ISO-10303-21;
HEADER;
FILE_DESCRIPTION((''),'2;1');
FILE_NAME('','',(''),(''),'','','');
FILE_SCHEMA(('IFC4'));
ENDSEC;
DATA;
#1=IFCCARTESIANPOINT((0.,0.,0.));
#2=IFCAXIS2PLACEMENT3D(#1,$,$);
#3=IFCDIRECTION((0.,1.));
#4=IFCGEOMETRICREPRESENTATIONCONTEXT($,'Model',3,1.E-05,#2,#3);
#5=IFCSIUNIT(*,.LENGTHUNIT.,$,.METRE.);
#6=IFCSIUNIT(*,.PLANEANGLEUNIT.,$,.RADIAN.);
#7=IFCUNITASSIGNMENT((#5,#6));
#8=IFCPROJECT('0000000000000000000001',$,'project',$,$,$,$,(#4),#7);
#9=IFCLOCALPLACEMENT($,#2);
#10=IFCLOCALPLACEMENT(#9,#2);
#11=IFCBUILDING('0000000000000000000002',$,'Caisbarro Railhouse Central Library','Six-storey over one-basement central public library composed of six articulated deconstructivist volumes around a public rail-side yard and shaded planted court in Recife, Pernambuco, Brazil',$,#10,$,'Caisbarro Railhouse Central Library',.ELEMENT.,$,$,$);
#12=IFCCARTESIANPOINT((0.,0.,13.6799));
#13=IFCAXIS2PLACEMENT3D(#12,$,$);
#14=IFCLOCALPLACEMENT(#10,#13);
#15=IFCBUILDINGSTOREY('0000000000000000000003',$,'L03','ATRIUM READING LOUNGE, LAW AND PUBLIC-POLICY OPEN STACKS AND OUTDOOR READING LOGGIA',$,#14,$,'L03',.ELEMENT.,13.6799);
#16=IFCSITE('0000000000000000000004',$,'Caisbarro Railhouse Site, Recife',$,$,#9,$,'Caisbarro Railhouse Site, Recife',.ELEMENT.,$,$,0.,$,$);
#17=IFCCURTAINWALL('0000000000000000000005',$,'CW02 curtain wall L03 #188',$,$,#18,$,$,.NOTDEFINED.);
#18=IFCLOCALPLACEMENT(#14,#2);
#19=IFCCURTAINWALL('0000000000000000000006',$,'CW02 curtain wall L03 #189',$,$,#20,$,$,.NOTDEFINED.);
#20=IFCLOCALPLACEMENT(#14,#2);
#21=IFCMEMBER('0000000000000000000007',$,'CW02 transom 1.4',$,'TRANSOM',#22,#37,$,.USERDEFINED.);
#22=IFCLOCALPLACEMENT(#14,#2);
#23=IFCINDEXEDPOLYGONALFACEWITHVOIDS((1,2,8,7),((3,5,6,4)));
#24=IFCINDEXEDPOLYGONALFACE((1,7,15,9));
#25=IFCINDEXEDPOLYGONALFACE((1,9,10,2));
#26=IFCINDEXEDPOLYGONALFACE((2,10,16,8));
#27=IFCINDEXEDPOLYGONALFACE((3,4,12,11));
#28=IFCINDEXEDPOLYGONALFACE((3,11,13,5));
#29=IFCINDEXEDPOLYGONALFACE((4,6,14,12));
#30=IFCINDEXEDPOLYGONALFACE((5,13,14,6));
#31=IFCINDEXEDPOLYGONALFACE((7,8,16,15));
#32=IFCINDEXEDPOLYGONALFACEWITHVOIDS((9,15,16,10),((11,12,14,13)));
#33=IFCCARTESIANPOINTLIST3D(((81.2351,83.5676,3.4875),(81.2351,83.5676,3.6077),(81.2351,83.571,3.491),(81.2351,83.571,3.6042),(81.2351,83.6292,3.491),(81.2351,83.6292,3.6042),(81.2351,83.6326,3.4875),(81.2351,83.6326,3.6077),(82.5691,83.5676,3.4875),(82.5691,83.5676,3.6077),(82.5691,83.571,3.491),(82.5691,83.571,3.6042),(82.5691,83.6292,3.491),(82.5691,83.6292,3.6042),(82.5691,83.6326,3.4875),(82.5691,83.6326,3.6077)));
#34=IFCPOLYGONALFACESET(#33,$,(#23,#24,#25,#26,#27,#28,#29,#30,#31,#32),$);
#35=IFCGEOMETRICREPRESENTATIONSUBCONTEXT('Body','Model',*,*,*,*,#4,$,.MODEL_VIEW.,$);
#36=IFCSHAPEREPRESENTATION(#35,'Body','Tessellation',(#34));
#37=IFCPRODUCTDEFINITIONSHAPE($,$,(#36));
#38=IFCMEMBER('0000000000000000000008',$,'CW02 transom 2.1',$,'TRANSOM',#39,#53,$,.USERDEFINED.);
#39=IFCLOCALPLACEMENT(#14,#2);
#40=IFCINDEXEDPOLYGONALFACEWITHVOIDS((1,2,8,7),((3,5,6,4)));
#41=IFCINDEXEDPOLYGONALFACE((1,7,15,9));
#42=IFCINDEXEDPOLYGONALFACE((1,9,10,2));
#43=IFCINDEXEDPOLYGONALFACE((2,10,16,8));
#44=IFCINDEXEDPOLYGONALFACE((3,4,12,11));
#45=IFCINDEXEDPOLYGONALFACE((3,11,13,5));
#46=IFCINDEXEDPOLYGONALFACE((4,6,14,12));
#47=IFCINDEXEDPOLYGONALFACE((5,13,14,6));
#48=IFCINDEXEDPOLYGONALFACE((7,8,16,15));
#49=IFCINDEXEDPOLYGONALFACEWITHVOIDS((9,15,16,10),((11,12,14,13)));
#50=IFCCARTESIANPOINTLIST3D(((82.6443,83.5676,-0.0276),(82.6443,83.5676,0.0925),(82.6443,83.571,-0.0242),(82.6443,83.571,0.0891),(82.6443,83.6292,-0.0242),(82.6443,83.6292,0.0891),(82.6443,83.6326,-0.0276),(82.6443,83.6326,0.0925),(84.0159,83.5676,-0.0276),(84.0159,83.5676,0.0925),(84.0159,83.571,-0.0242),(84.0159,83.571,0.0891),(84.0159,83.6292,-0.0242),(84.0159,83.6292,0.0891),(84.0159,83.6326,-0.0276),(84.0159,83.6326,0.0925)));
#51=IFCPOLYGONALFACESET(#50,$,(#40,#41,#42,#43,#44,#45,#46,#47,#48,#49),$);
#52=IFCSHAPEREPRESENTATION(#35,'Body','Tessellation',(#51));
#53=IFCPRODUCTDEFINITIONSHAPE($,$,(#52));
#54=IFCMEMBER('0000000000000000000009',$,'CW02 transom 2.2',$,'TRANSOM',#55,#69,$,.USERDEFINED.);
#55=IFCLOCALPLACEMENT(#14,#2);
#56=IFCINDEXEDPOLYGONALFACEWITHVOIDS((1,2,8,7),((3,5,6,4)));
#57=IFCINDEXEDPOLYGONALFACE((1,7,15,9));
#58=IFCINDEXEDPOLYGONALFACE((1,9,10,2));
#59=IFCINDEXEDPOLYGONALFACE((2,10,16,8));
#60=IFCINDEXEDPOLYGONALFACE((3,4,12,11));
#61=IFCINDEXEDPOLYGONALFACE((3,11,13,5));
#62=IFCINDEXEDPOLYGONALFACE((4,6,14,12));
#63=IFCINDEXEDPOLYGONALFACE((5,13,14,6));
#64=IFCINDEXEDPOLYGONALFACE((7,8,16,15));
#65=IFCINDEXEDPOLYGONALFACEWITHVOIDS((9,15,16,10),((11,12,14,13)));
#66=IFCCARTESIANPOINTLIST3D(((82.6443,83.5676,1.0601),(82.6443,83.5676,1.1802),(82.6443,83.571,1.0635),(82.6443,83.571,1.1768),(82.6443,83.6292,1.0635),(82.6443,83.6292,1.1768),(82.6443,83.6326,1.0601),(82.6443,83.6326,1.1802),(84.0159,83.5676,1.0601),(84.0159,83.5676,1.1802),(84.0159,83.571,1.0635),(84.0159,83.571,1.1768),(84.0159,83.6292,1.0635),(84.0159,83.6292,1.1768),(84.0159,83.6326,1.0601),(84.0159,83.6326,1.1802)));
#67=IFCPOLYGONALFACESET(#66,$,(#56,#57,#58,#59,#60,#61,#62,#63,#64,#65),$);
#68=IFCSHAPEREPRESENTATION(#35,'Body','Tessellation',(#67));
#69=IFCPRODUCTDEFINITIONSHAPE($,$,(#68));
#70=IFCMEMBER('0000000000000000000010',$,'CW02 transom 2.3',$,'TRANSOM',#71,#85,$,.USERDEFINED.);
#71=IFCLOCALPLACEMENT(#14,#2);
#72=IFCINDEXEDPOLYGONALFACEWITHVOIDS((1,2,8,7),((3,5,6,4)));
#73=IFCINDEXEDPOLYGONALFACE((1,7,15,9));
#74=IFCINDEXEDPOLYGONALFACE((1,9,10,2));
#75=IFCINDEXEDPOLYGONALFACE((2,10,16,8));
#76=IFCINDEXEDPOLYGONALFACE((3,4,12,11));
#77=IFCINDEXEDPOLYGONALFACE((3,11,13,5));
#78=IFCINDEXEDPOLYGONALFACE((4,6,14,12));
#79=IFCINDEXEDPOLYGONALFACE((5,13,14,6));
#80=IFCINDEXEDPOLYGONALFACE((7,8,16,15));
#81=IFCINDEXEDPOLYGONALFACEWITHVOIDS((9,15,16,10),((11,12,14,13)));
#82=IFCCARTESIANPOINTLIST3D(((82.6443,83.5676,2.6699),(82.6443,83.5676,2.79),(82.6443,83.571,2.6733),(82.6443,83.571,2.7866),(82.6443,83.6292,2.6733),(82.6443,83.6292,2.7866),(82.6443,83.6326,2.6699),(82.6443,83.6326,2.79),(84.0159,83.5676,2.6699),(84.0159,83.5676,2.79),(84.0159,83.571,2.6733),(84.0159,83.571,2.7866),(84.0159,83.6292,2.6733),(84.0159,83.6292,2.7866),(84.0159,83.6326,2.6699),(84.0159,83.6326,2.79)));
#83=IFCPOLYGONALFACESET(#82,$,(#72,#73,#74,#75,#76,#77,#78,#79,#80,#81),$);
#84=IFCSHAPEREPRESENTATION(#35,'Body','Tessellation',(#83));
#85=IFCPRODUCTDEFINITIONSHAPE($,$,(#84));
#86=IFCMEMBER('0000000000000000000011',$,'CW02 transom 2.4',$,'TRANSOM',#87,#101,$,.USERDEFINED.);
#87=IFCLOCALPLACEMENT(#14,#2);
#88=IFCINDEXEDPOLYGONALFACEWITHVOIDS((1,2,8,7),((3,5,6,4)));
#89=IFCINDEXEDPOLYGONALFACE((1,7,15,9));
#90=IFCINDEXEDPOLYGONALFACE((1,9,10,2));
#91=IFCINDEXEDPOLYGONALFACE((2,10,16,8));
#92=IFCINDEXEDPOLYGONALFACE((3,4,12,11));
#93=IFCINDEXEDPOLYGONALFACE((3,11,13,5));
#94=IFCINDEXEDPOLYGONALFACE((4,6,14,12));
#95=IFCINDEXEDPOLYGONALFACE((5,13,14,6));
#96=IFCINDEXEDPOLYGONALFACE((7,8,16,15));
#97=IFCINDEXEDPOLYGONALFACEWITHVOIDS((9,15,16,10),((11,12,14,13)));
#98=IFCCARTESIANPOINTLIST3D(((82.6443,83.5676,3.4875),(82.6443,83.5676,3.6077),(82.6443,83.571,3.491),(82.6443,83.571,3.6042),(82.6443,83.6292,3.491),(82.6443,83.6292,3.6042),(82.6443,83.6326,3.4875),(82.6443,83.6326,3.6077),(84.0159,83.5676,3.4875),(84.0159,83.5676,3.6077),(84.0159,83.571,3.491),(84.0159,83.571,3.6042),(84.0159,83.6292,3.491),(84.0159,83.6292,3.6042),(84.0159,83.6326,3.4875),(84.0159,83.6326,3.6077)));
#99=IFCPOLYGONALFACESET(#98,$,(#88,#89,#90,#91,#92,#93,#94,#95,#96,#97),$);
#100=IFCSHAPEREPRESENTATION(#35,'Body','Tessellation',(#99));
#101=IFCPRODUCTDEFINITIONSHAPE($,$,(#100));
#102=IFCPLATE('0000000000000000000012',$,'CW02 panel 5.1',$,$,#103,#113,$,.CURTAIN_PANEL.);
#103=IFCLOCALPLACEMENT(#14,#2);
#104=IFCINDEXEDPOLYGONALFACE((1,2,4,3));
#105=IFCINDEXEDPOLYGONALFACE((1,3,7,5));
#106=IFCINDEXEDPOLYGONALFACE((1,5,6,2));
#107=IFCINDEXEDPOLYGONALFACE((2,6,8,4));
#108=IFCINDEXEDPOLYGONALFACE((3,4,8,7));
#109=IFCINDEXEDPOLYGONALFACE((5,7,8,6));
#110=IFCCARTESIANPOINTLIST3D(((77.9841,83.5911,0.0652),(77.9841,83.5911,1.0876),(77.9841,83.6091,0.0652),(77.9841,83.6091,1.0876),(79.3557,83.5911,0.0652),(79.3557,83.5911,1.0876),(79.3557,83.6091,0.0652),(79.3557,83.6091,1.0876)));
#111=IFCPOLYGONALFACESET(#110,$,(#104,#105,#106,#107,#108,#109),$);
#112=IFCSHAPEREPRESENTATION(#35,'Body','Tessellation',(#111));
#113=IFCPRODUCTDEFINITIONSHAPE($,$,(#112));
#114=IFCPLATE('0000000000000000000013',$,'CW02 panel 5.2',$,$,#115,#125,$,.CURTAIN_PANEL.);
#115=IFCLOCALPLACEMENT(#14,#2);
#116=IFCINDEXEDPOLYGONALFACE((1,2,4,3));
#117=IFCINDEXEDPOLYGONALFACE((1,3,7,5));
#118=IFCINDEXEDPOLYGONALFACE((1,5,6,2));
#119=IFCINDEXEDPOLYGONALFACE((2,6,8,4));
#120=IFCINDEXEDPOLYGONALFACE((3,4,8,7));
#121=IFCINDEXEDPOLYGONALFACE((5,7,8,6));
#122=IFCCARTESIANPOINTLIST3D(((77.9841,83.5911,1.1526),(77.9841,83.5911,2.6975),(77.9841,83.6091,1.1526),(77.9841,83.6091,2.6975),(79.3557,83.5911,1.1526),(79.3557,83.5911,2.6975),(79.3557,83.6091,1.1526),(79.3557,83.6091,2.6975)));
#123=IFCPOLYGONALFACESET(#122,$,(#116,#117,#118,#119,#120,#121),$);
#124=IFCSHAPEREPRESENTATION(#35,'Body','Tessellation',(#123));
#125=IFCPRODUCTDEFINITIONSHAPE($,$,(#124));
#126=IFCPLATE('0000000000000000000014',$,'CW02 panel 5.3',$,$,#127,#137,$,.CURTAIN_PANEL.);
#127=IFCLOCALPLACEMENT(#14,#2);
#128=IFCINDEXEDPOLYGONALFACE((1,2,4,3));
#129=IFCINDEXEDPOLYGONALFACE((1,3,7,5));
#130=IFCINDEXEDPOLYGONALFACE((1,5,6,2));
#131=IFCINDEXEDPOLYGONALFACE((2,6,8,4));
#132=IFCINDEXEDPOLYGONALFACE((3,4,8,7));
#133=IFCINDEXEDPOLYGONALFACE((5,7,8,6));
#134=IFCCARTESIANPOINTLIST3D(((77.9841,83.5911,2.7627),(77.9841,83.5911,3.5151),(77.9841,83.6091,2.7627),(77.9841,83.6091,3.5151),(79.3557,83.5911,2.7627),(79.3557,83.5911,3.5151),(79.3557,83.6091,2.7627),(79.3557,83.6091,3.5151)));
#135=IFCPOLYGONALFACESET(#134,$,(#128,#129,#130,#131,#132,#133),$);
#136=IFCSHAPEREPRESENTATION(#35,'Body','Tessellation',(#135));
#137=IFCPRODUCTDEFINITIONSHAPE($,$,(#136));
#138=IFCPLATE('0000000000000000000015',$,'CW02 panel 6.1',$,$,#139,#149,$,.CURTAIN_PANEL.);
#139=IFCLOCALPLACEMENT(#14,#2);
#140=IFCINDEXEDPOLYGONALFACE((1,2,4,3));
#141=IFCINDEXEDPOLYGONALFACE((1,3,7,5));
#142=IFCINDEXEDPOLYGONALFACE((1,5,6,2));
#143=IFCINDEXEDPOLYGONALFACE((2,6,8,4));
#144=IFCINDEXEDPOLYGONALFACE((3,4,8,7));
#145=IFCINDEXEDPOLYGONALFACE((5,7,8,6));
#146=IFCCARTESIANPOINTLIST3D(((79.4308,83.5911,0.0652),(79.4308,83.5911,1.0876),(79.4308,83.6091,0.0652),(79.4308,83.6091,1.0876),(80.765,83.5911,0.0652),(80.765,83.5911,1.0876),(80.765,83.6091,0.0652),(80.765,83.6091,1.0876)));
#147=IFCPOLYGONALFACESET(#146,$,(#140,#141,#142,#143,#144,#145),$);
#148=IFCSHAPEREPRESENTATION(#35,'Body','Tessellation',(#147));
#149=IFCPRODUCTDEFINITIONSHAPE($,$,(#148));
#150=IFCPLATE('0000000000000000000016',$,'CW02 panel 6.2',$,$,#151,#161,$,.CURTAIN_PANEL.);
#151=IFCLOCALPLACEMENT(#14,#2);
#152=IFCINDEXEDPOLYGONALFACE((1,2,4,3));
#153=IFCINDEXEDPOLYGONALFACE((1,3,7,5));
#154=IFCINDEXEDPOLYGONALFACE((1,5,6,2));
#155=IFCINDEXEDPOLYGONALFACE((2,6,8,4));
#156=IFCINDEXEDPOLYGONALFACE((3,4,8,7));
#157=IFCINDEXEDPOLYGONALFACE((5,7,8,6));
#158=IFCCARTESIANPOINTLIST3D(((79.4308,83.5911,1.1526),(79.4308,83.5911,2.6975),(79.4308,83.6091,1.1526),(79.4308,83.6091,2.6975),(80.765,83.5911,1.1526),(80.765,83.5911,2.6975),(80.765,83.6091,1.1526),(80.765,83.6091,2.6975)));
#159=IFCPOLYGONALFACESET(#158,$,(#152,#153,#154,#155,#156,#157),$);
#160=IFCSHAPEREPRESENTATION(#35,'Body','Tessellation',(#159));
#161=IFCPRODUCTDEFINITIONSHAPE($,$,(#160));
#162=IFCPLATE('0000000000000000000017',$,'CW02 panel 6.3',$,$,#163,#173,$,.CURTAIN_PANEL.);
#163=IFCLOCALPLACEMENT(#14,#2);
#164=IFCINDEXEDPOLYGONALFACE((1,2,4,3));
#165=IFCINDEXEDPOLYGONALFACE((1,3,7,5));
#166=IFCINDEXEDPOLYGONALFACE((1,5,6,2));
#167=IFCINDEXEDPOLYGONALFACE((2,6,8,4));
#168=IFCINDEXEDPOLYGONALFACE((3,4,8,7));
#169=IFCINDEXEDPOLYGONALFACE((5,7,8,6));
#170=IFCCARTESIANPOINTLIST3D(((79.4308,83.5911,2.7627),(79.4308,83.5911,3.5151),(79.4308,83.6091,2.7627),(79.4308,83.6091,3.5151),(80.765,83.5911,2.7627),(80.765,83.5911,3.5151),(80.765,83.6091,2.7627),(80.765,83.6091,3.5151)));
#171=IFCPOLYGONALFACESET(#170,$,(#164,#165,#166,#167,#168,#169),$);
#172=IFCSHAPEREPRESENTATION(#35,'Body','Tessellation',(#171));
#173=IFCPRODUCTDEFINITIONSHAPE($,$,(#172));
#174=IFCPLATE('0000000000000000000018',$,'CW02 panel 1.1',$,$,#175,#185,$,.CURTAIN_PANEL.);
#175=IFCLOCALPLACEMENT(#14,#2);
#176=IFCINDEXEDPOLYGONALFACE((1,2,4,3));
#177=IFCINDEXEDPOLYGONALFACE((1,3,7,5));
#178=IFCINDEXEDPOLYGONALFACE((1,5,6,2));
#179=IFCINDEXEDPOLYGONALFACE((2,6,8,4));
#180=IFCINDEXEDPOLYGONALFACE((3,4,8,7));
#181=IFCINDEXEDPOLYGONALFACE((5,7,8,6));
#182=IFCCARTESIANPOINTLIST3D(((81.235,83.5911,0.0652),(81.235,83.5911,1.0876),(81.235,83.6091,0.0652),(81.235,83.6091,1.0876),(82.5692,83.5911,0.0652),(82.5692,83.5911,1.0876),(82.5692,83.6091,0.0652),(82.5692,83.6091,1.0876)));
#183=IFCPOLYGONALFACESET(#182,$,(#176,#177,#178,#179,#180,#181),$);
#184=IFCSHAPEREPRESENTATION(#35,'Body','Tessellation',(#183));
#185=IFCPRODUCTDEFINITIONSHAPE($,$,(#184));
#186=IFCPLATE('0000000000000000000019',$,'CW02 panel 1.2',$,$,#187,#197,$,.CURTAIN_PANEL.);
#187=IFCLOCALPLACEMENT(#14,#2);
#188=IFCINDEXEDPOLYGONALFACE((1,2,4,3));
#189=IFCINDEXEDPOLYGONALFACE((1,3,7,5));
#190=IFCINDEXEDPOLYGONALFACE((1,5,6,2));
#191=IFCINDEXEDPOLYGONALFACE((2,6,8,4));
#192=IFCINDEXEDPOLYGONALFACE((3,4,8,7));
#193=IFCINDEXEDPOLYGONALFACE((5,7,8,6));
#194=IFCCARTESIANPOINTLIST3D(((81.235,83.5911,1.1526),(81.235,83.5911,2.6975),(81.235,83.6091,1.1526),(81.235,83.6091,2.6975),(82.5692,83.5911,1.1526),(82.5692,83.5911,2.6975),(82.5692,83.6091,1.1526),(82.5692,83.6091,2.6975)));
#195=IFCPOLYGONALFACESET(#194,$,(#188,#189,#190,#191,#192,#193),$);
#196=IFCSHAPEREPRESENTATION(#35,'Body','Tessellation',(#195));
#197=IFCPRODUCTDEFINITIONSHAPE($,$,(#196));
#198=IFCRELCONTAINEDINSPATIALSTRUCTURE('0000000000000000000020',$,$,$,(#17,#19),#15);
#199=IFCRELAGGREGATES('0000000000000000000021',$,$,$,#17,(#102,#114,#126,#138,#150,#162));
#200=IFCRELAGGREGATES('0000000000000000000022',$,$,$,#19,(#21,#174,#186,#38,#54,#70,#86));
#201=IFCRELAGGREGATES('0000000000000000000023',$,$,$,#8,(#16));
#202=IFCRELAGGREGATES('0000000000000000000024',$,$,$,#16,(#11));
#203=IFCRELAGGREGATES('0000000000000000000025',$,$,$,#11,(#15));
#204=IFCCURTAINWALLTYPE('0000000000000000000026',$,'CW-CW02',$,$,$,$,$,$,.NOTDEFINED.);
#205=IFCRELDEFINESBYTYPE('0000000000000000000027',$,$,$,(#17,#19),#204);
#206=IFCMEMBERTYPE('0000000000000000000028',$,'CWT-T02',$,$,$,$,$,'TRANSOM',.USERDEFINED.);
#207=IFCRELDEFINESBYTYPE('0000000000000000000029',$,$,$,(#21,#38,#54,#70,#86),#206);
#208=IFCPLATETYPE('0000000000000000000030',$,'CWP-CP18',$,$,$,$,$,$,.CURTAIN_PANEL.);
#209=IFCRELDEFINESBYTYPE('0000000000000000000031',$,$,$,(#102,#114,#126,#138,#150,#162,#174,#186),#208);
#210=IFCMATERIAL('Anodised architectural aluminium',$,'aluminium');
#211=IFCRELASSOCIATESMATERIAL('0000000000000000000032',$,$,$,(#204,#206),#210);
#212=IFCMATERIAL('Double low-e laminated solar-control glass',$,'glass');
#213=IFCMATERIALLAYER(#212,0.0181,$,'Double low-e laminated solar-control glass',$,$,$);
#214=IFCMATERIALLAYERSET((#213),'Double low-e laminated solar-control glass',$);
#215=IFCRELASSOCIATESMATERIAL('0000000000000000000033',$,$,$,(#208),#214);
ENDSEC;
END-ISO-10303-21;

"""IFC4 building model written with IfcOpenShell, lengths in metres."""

from ifc_helpers import new_model, si_unit, direction, frame, origin, origin_2d, place, context, subcontext, project, spatial, rectangle, hollow_rectangle, extrude, material, layer, layer_set, material_profile, profile_set, type_object, element, aggregate, save


model = new_model("IFC4")

# Units and contexts
model_context = context("Model", 3, precision=1e-05, world=origin(), true_north=direction((0.0, 1.0)))
body_context = subcontext(model_context, "Body", "Model", "MODEL_VIEW")
ifc_project = project(units=[si_unit("LENGTHUNIT", "METRE"), si_unit("PLANEANGLEUNIT", "RADIAN")], contexts=[model_context])

# Site, building, storey
site_placement = place(None, origin())
site = spatial("IfcSite", under=ifc_project, at=site_placement, Name="Caisbarro Railhouse Site, Recife", LongName="Caisbarro Railhouse Site, Recife", CompositionType="ELEMENT", RefElevation=0.0)
building_placement = place(site_placement, origin())
building = spatial("IfcBuilding", under=site, at=building_placement, Name="Caisbarro Railhouse Central Library", Description="Six-storey over one-basement central public library composed of six articulated deconstructivist volumes around a public rail-side yard and shaded planted court in Recife, Pernambuco, Brazil", LongName="Caisbarro Railhouse Central Library", CompositionType="ELEMENT")
storey_placement = place(building_placement, frame((0.0, 0.0, 13.6799)))
storey = spatial("IfcBuildingStorey", under=building, at=storey_placement, Name="L03", Description="ATRIUM READING LOUNGE, LAW AND PUBLIC-POLICY OPEN STACKS AND OUTDOOR READING LOGGIA", LongName="L03", CompositionType="ELEMENT", Elevation=13.6799)

# Curtain walls
ifc_material_1 = material(Name="Anodised architectural aluminium", Category="aluminium")
curtain_wall_type = type_object("IfcCurtainWallType", Name="CW-CW02", PredefinedType="NOTDEFINED", material=ifc_material_1)
curtain_wall_1_placement = place(storey_placement, origin())
curtain_wall_1 = element("IfcCurtainWall", 1, at=curtain_wall_1_placement, inside=storey, type_object=curtain_wall_type, Name="CW02 curtain wall L03 #188", PredefinedType="NOTDEFINED")
curtain_wall_2_placement = place(storey_placement, origin())
curtain_wall_2 = element("IfcCurtainWall", 2, at=curtain_wall_2_placement, inside=storey, type_object=curtain_wall_type, Name="CW02 curtain wall L03 #189", PredefinedType="NOTDEFINED")

# Members
ifc_material_profile_1 = material_profile(ifc_material_1, hollow_rectangle(XDim=0.0649, YDim=0.1201, WallThickness=0.0034, at=origin_2d()), Name="ALU-TRN-65X120")
ifc_profile_set_1 = profile_set([ifc_material_profile_1], Name="Anodised architectural aluminium")
member_type_1 = type_object("IfcMemberType", Name="CWT-T02", ElementType="TRANSOM", PredefinedType="USERDEFINED", material=ifc_profile_set_1)
member_1_placement = place(storey_placement, frame((81.2351, 83.6001, 3.5476), z_axis=(1.0, 0.0, 0.0), x_axis=(0.0, 1.0, 0.0)))
member_1 = element("IfcMember", 3, at=member_1_placement, type_object=member_type_1, Name="CW02 transom 1.4", ObjectType="TRANSOM", PredefinedType="USERDEFINED", context=body_context, shape_type="SweptSolid", body=[
    extrude(hollow_rectangle(XDim=0.0649, YDim=0.1201, WallThickness=0.0034, at=origin_2d()), origin(), (0.0, 0.0, 1.0), 1.334),
])
member_2_placement = place(storey_placement, frame((82.6443, 83.6001, 0.0325), z_axis=(1.0, 0.0, 0.0), x_axis=(0.0, 1.0, 0.0)))
member_2 = element("IfcMember", 4, at=member_2_placement, type_object=member_type_1, Name="CW02 transom 2.1", ObjectType="TRANSOM", PredefinedType="USERDEFINED", context=body_context, shape_type="SweptSolid", body=[
    extrude(hollow_rectangle(XDim=0.0649, YDim=0.1201, WallThickness=0.0034, at=origin_2d()), origin(), (0.0, 0.0, 1.0), 1.3716),
])
member_3_placement = place(storey_placement, frame((82.6443, 83.6001, 1.1201), z_axis=(1.0, 0.0, 0.0), x_axis=(0.0, 1.0, 0.0)))
member_3 = element("IfcMember", 5, at=member_3_placement, type_object=member_type_1, Name="CW02 transom 2.2", ObjectType="TRANSOM", PredefinedType="USERDEFINED", context=body_context, shape_type="SweptSolid", body=[
    extrude(hollow_rectangle(XDim=0.0649, YDim=0.1201, WallThickness=0.0034, at=origin_2d()), origin(), (0.0, 0.0, 1.0), 1.3716),
])
member_4_placement = place(storey_placement, frame((82.6443, 83.6001, 2.73), z_axis=(1.0, 0.0, 0.0), x_axis=(0.0, 1.0, 0.0)))
member_4 = element("IfcMember", 6, at=member_4_placement, type_object=member_type_1, Name="CW02 transom 2.3", ObjectType="TRANSOM", PredefinedType="USERDEFINED", context=body_context, shape_type="SweptSolid", body=[
    extrude(hollow_rectangle(XDim=0.0649, YDim=0.1201, WallThickness=0.0034, at=origin_2d()), origin(), (0.0, 0.0, 1.0), 1.3716),
])
member_5_placement = place(storey_placement, frame((82.6443, 83.6001, 3.5476), z_axis=(1.0, 0.0, 0.0), x_axis=(0.0, 1.0, 0.0)))
member_5 = element("IfcMember", 7, at=member_5_placement, type_object=member_type_1, Name="CW02 transom 2.4", ObjectType="TRANSOM", PredefinedType="USERDEFINED", context=body_context, shape_type="SweptSolid", body=[
    extrude(hollow_rectangle(XDim=0.0649, YDim=0.1201, WallThickness=0.0034, at=origin_2d()), origin(), (0.0, 0.0, 1.0), 1.3716),
])

# Plates
ifc_material_2 = material(Name="Double low-e laminated solar-control glass", Category="glass")
ifc_layer = layer(ifc_material_2, 0.0181, Name="Double low-e laminated solar-control glass")
ifc_layer_set = layer_set([ifc_layer], Name="Double low-e laminated solar-control glass")
plate_type = type_object("IfcPlateType", Name="CWP-CP18", PredefinedType="CURTAIN_PANEL", material=ifc_layer_set)
plate_1_placement = place(storey_placement, frame((78.6699, 83.6001, 0.0652), z_axis=(0.0, 0.0, 1.0), x_axis=(1.0, 0.0, 0.0)))
plate_1 = element("IfcPlate", 8, at=plate_1_placement, type_object=plate_type, Name="CW02 panel 5.1", PredefinedType="CURTAIN_PANEL", context=body_context, shape_type="SweptSolid", body=[
    extrude(rectangle(XDim=1.3716, YDim=0.0181, at=origin_2d()), origin(), (0.0, 0.0, 1.0), 1.0225),
])
plate_2_placement = place(storey_placement, frame((78.6699, 83.6001, 1.1526), z_axis=(0.0, 0.0, 1.0), x_axis=(1.0, 0.0, 0.0)))
plate_2 = element("IfcPlate", 9, at=plate_2_placement, type_object=plate_type, Name="CW02 panel 5.2", PredefinedType="CURTAIN_PANEL", context=body_context, shape_type="SweptSolid", body=[
    extrude(rectangle(XDim=1.3716, YDim=0.0181, at=origin_2d()), origin(), (0.0, 0.0, 1.0), 1.5449),
])
plate_3_placement = place(storey_placement, frame((78.6699, 83.6001, 2.7627), z_axis=(0.0, 0.0, 1.0), x_axis=(1.0, 0.0, 0.0)))
plate_3 = element("IfcPlate", 10, at=plate_3_placement, type_object=plate_type, Name="CW02 panel 5.3", PredefinedType="CURTAIN_PANEL", context=body_context, shape_type="SweptSolid", body=[
    extrude(rectangle(XDim=1.3716, YDim=0.0181, at=origin_2d()), origin(), (0.0, 0.0, 1.0), 0.7524),
])
plate_4_placement = place(storey_placement, frame((80.0979, 83.6001, 0.0652), z_axis=(0.0, 0.0, 1.0), x_axis=(1.0, 0.0, 0.0)))
plate_4 = element("IfcPlate", 11, at=plate_4_placement, type_object=plate_type, Name="CW02 panel 6.1", PredefinedType="CURTAIN_PANEL", context=body_context, shape_type="SweptSolid", body=[
    extrude(rectangle(XDim=1.3342, YDim=0.0181, at=origin_2d()), origin(), (0.0, 0.0, 1.0), 1.0225),
])
plate_5_placement = place(storey_placement, frame((80.0979, 83.6001, 1.1526), z_axis=(0.0, 0.0, 1.0), x_axis=(1.0, 0.0, 0.0)))
plate_5 = element("IfcPlate", 12, at=plate_5_placement, type_object=plate_type, Name="CW02 panel 6.2", PredefinedType="CURTAIN_PANEL", context=body_context, shape_type="SweptSolid", body=[
    extrude(rectangle(XDim=1.3342, YDim=0.0181, at=origin_2d()), origin(), (0.0, 0.0, 1.0), 1.5449),
])
plate_6_placement = place(storey_placement, frame((80.0979, 83.6001, 2.7627), z_axis=(0.0, 0.0, 1.0), x_axis=(1.0, 0.0, 0.0)))
plate_6 = element("IfcPlate", 13, at=plate_6_placement, type_object=plate_type, Name="CW02 panel 6.3", PredefinedType="CURTAIN_PANEL", context=body_context, shape_type="SweptSolid", body=[
    extrude(rectangle(XDim=1.3342, YDim=0.0181, at=origin_2d()), origin(), (0.0, 0.0, 1.0), 0.7524),
])
aggregate(curtain_wall_1, [plate_1, plate_2, plate_3, plate_4, plate_5, plate_6])
plate_7_placement = place(storey_placement, frame((81.9021, 83.6001, 0.0652), z_axis=(0.0, 0.0, 1.0), x_axis=(1.0, 0.0, 0.0)))
plate_7 = element("IfcPlate", 14, at=plate_7_placement, type_object=plate_type, Name="CW02 panel 1.1", PredefinedType="CURTAIN_PANEL", context=body_context, shape_type="SweptSolid", body=[
    extrude(rectangle(XDim=1.3342, YDim=0.0181, at=origin_2d()), origin(), (0.0, 0.0, 1.0), 1.0225),
])
plate_8_placement = place(storey_placement, frame((81.9021, 83.6001, 1.1526), z_axis=(0.0, 0.0, 1.0), x_axis=(1.0, 0.0, 0.0)))
plate_8 = element("IfcPlate", 15, at=plate_8_placement, type_object=plate_type, Name="CW02 panel 1.2", PredefinedType="CURTAIN_PANEL", context=body_context, shape_type="SweptSolid", body=[
    extrude(rectangle(XDim=1.3342, YDim=0.0181, at=origin_2d()), origin(), (0.0, 0.0, 1.0), 1.5449),
])
aggregate(curtain_wall_2, [member_1, plate_7, plate_8, member_2, member_3, member_4, member_5])

save(model, "model.ifc")
